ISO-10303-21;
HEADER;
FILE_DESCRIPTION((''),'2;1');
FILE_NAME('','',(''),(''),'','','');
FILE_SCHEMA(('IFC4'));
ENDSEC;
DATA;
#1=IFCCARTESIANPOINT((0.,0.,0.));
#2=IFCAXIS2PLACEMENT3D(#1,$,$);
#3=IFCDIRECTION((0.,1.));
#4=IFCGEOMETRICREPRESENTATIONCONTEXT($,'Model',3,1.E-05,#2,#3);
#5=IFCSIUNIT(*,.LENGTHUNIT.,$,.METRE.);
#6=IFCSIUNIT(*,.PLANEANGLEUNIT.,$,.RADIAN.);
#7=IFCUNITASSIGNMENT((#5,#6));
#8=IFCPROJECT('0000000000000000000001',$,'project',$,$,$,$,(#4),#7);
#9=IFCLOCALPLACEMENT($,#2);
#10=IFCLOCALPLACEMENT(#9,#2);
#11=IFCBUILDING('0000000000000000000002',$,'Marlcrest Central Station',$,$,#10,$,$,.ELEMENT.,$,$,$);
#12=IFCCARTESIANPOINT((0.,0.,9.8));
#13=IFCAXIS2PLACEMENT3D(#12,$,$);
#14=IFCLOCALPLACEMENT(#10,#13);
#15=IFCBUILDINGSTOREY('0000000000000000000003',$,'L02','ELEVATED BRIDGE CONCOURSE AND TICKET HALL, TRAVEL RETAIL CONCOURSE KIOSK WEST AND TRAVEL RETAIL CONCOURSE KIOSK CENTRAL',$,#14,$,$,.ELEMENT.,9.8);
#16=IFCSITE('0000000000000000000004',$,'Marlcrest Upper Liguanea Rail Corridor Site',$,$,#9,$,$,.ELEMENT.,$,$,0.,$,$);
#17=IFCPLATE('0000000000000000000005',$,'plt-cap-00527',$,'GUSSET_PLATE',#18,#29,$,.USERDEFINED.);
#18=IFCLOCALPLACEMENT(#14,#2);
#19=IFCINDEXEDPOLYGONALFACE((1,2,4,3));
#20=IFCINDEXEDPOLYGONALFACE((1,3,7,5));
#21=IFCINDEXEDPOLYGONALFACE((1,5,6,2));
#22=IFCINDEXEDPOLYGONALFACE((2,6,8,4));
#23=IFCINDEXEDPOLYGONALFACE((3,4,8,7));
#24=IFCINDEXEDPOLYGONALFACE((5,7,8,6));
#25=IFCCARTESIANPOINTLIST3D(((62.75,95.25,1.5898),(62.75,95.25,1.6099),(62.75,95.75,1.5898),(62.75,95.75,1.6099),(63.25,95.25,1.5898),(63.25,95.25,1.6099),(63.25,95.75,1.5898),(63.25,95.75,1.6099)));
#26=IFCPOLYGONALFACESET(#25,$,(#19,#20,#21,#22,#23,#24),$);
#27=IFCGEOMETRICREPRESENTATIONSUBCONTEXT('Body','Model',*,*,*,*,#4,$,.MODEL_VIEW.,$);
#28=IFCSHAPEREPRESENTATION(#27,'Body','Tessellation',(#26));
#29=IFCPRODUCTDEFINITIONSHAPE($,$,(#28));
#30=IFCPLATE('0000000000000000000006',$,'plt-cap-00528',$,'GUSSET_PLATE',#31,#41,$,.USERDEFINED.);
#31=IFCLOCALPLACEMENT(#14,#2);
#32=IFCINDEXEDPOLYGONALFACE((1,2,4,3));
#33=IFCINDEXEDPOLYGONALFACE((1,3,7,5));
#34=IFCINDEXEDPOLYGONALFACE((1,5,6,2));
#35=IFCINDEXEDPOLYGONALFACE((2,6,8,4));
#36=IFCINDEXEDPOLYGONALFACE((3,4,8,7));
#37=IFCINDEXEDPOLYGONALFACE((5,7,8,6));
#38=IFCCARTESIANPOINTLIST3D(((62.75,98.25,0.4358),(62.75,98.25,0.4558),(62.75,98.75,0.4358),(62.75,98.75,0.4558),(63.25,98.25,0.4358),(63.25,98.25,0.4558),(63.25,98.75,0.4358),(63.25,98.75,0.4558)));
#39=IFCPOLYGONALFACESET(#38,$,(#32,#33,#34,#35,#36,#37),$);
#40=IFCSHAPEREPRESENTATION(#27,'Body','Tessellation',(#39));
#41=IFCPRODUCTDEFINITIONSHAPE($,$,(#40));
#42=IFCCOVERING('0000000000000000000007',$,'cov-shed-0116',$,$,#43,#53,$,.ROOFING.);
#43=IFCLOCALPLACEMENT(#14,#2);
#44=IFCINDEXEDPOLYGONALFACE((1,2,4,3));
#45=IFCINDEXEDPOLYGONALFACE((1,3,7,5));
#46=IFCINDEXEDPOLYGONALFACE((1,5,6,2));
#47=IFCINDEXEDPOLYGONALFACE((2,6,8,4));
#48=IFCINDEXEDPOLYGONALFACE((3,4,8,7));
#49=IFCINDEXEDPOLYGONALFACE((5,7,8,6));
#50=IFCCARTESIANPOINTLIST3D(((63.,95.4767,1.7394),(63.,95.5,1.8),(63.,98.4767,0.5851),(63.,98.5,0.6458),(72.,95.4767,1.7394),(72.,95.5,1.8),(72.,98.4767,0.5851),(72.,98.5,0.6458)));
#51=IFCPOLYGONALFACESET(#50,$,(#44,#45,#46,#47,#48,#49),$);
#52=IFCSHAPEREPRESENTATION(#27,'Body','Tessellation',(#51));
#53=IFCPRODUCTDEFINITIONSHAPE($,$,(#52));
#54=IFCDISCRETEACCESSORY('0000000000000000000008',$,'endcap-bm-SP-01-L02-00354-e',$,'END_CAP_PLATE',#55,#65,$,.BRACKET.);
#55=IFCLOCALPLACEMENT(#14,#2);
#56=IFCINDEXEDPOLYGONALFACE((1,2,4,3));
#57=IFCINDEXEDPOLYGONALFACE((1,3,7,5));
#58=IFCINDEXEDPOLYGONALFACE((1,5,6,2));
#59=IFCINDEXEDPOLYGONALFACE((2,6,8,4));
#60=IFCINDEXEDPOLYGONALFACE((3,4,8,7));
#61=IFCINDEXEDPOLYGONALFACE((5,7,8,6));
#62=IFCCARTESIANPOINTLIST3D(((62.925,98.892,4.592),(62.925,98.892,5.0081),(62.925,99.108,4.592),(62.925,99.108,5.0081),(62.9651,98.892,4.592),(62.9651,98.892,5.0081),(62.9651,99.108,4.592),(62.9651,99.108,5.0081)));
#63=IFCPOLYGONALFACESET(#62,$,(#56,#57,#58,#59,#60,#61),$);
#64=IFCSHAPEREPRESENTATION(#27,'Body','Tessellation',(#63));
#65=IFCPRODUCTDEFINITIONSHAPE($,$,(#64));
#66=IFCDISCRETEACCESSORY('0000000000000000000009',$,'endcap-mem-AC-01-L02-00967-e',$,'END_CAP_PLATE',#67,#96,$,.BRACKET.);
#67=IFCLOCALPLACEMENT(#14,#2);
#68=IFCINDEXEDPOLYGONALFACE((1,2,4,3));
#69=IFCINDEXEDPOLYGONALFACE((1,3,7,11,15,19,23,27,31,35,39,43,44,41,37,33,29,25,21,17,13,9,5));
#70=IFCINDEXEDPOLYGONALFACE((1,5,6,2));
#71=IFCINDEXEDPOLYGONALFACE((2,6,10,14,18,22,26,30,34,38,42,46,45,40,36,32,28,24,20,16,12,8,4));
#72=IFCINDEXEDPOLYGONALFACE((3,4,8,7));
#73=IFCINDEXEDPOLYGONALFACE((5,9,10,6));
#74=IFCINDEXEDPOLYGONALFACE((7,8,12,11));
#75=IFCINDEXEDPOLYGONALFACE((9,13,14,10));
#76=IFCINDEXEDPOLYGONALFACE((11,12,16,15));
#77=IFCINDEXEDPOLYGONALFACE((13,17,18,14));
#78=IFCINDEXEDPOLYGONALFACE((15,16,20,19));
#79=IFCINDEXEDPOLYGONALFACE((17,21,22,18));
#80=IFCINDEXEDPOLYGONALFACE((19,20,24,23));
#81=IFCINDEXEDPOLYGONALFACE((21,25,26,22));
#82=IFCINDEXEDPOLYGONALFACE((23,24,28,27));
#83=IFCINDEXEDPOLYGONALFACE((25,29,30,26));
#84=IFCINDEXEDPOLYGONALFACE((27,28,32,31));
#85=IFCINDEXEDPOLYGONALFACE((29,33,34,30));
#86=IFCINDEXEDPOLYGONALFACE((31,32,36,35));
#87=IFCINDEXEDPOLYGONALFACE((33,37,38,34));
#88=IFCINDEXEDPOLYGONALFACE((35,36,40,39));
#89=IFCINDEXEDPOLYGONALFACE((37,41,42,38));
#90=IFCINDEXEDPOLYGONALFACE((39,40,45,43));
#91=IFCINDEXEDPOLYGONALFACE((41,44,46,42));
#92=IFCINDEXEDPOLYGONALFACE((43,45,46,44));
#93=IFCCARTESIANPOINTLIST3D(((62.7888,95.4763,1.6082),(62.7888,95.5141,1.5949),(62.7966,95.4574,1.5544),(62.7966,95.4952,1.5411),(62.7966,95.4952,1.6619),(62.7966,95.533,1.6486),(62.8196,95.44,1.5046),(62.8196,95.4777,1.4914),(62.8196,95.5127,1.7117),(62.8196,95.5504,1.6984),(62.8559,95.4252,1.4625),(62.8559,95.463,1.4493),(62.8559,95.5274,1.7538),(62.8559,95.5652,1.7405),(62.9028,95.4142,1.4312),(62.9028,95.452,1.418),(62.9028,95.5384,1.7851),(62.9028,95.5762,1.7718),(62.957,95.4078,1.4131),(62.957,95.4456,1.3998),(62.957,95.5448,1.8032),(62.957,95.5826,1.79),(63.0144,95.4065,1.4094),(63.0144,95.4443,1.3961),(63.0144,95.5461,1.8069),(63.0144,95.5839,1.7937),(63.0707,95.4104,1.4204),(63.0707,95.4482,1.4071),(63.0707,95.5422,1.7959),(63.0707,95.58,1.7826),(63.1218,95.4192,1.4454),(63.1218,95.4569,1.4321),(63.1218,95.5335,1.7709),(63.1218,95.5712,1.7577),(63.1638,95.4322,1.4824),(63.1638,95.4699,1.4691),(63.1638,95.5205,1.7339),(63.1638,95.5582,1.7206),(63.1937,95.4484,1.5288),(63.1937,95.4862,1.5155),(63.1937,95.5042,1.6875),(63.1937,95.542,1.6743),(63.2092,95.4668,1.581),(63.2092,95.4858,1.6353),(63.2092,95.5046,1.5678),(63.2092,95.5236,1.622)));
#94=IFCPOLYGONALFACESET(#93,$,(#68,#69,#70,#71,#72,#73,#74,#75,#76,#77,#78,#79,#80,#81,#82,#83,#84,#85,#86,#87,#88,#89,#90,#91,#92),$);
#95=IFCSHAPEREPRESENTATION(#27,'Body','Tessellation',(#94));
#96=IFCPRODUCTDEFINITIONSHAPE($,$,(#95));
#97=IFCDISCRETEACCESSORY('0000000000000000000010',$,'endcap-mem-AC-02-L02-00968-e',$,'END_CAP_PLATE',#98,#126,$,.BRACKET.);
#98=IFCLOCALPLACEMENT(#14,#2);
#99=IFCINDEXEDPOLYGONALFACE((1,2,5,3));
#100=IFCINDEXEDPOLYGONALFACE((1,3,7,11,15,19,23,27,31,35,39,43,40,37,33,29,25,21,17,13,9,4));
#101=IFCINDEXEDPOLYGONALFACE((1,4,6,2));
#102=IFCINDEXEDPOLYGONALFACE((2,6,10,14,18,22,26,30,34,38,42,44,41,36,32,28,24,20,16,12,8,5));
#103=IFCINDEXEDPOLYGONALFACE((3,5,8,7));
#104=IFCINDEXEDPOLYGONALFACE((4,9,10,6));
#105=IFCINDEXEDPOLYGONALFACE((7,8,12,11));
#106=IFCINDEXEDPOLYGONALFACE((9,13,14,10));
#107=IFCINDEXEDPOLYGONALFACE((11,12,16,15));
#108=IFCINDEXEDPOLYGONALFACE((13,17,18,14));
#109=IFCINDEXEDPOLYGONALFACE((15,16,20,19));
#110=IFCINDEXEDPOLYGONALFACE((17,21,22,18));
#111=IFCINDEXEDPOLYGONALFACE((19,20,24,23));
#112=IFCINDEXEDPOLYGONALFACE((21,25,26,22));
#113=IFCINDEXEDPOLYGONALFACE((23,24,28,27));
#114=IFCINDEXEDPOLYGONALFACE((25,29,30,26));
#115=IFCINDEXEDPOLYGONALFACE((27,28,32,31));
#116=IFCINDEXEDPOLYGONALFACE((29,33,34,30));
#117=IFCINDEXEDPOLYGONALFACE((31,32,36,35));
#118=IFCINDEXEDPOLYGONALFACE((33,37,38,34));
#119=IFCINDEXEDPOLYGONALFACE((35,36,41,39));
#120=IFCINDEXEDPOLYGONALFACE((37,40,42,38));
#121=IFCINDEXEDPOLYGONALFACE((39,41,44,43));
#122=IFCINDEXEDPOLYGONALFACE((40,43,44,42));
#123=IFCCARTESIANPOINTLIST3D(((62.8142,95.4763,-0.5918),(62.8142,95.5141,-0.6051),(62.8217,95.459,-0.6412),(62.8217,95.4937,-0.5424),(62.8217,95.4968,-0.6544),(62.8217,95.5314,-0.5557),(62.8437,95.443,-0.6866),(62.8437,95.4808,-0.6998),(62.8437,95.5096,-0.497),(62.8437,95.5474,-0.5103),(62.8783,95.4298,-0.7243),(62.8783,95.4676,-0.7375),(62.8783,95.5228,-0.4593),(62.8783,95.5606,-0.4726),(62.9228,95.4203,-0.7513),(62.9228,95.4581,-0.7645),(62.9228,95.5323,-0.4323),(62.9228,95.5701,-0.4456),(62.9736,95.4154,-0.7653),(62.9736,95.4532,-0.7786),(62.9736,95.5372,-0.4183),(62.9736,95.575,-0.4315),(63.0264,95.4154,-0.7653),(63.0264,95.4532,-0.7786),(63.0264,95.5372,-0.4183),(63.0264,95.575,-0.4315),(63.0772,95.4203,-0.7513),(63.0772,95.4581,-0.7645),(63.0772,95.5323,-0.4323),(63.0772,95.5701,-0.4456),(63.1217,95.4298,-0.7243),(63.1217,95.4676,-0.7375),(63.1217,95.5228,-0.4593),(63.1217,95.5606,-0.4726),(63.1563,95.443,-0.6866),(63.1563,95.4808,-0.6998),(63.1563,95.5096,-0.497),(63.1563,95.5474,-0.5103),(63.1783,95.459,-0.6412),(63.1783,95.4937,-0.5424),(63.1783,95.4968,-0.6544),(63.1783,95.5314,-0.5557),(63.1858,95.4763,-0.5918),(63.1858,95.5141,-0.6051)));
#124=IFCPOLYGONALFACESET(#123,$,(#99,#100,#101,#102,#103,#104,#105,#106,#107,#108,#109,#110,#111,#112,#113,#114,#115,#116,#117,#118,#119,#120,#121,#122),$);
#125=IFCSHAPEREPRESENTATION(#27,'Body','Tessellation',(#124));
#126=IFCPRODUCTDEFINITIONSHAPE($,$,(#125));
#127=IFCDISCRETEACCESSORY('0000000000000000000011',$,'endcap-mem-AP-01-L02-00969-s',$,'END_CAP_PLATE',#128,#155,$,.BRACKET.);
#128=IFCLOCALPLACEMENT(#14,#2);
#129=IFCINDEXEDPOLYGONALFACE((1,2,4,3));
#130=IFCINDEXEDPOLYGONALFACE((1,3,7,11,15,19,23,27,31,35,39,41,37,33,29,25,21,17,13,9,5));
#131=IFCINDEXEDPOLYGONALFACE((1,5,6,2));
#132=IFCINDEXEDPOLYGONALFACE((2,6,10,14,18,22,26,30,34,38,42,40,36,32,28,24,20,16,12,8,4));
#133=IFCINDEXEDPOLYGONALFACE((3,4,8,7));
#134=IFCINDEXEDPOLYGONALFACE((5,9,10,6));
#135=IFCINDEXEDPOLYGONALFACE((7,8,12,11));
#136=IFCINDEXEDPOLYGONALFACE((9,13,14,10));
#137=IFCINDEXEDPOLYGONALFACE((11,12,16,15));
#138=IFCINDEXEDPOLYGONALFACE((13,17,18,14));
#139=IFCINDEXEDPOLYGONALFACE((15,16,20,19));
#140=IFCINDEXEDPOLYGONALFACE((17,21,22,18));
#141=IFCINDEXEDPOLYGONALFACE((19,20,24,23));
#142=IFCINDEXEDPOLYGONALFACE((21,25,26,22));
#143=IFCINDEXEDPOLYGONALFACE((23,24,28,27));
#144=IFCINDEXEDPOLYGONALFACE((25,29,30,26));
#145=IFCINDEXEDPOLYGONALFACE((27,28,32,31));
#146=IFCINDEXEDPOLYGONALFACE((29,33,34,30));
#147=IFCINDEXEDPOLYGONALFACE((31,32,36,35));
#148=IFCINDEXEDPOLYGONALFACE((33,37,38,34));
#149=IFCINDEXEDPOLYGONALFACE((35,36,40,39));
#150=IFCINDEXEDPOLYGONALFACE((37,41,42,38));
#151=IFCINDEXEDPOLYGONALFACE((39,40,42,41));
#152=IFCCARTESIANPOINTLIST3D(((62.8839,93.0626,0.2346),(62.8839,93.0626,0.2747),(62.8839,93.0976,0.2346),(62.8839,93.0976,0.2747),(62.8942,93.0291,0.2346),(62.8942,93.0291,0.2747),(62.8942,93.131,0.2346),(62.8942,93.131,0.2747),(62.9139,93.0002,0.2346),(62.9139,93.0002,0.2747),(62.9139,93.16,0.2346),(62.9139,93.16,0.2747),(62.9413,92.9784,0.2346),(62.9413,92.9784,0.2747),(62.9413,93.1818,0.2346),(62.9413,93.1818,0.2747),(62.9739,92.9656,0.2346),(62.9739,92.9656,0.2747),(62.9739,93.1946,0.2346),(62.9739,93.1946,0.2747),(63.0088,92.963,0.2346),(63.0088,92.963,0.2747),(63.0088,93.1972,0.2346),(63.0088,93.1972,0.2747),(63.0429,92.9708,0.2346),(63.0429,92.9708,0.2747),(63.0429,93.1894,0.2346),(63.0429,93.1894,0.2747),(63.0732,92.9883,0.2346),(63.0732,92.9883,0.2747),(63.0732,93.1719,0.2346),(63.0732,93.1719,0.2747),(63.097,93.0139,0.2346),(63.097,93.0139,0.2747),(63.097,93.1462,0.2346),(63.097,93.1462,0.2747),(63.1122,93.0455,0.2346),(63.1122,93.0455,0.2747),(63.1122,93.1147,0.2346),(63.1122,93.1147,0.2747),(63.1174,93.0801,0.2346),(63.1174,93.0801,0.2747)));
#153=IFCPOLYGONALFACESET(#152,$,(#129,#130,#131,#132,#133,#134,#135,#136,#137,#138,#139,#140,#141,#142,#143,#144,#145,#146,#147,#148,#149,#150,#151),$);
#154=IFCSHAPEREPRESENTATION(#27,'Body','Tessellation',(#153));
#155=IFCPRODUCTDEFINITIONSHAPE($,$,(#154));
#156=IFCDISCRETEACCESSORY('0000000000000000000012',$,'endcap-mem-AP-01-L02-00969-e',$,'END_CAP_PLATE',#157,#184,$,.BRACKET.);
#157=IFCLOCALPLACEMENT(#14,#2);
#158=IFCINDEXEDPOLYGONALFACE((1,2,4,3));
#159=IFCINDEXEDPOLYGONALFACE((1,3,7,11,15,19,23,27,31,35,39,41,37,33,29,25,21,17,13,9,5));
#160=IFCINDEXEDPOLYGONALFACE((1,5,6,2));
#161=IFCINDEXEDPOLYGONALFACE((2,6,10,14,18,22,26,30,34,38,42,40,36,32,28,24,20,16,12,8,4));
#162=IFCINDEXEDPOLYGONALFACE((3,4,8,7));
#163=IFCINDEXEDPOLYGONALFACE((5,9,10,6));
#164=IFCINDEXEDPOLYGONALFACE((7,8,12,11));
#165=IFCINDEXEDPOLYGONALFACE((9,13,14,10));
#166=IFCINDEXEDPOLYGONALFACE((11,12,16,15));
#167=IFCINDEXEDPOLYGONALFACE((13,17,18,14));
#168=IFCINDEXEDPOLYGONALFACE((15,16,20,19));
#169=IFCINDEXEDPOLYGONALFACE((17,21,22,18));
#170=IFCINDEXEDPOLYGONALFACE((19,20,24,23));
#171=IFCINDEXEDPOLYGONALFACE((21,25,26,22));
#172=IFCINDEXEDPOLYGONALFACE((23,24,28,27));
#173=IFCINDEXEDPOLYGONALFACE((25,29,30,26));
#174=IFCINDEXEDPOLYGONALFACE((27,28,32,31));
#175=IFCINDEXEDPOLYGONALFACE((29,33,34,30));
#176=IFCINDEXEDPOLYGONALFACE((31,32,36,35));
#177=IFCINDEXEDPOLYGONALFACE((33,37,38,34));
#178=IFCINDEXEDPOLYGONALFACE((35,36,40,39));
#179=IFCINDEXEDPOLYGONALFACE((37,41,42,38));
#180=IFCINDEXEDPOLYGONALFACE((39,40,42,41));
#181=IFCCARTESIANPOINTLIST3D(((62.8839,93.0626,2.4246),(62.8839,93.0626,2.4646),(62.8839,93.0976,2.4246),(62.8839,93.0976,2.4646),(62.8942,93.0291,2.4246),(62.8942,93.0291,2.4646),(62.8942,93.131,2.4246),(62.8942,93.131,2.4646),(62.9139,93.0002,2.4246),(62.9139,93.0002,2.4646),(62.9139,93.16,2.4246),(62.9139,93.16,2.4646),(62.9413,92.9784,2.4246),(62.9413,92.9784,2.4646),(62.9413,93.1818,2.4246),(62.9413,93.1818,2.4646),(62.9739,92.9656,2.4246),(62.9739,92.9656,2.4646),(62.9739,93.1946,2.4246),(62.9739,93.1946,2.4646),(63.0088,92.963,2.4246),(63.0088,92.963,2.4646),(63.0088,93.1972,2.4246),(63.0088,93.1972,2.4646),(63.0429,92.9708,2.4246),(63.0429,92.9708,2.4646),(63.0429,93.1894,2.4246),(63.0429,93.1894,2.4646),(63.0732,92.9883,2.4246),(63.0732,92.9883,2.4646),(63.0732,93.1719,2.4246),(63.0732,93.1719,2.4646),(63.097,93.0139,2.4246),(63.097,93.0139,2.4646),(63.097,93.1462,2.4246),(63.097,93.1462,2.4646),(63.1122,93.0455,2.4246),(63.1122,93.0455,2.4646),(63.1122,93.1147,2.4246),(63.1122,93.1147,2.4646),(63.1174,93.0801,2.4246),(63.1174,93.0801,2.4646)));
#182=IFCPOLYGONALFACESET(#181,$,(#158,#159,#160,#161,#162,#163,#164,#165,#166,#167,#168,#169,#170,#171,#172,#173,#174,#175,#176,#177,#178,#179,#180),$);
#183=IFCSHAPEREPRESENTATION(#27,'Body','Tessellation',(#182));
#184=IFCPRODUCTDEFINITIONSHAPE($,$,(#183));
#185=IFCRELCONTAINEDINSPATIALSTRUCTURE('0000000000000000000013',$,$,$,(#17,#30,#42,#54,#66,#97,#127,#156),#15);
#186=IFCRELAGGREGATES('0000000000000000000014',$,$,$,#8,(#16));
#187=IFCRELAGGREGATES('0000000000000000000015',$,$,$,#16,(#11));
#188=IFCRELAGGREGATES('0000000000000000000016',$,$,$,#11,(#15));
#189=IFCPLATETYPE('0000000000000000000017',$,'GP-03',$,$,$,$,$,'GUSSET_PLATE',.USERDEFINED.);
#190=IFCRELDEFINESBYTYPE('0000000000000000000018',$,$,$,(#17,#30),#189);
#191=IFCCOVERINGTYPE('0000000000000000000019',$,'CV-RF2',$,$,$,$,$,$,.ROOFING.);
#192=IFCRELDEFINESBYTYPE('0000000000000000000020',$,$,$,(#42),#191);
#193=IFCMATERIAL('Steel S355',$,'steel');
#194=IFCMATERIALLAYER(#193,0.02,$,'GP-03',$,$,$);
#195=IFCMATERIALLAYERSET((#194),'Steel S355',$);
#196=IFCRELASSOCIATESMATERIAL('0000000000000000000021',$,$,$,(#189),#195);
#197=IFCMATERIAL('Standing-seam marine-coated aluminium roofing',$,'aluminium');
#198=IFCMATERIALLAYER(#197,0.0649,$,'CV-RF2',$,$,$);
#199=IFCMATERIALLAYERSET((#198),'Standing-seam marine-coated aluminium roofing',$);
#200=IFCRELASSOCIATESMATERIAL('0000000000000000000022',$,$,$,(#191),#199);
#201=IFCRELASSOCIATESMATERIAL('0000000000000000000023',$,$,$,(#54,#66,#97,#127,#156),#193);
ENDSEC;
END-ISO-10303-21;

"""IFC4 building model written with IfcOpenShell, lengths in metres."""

from ifc_helpers import new_model, si_unit, direction, frame, origin, origin_2d, place, context, subcontext, project, spatial, polyline, rectangle, circle, outline, extrude, material, layer, layer_set, type_object, element, save


model = new_model("IFC4")

# Units and contexts
model_context = context("Model", 3, precision=1e-05, world=origin(), true_north=direction((0.0, 1.0)))
body_context = subcontext(model_context, "Body", "Model", "MODEL_VIEW")
ifc_project = project(units=[si_unit("LENGTHUNIT", "METRE"), si_unit("PLANEANGLEUNIT", "RADIAN")], contexts=[model_context])

# Site, building, storey
site_placement = place(None, origin())
site = spatial("IfcSite", under=ifc_project, at=site_placement, Name="Marlcrest Upper Liguanea Rail Corridor Site", CompositionType="ELEMENT", RefElevation=0.0)
building_placement = place(site_placement, origin())
building = spatial("IfcBuilding", under=site, at=building_placement, Name="Marlcrest Central Station", CompositionType="ELEMENT")
storey_placement = place(building_placement, frame((0.0, 0.0, 9.8)))
storey = spatial("IfcBuildingStorey", under=building, at=storey_placement, Name="L02", Description="ELEVATED BRIDGE CONCOURSE AND TICKET HALL, TRAVEL RETAIL CONCOURSE KIOSK WEST AND TRAVEL RETAIL CONCOURSE KIOSK CENTRAL", CompositionType="ELEMENT", Elevation=9.8)

# Shared definitions
ifc_material_1 = material(Name="Steel S355", Category="steel")

# Plates
ifc_layer_1 = layer(ifc_material_1, 0.02, Name="GP-03")
ifc_layer_set_1 = layer_set([ifc_layer_1], Name="Steel S355")
plate_type_1 = type_object("IfcPlateType", Name="GP-03", ElementType="GUSSET_PLATE", PredefinedType="USERDEFINED", material=ifc_layer_set_1)
for number, where, z_axis, x_axis, name in (
    (1, (63.0, 95.5, 1.5898), (0.0, 0.0, 1.0), (1.0, 0.0, 0.0), "plt-cap-00527"),
    (2, (63.0, 98.5, 0.4358), (0.0, 0.0, 1.0), (1.0, 0.0, 0.0), "plt-cap-00528"),
):
    element("IfcPlate", number, at=place(storey_placement, frame(where, z_axis=z_axis, x_axis=x_axis)), inside=storey, type_object=plate_type_1, Name=name, ObjectType="GUSSET_PLATE", PredefinedType="USERDEFINED", context=body_context, shape_type="SweptSolid", body=[
        extrude(rectangle(XDim=0.5, YDim=0.5, at=origin_2d()), origin(), (0.0, 0.0, 1.0), 0.02),
    ])

# Covering
ifc_material_2 = material(Name="Standing-seam marine-coated aluminium roofing", Category="aluminium")
ifc_layer_2 = layer(ifc_material_2, 0.0649, Name="CV-RF2")
ifc_layer_set_2 = layer_set([ifc_layer_2], Name="Standing-seam marine-coated aluminium roofing")
covering_type = type_object("IfcCoveringType", Name="CV-RF2", PredefinedType="ROOFING", material=ifc_layer_set_2)
covering_placement = place(storey_placement, frame((63.0, 95.5, 1.8), z_axis=(0.0, 0.359101, 0.933299), x_axis=(1.0, 0.0, 0.0)))
element("IfcCovering", 3, at=covering_placement, inside=storey, type_object=covering_type, Name="cov-shed-0116", PredefinedType="ROOFING", context=body_context, shape_type="SweptSolid", body=[
    extrude(outline(polyline([(0.0, 0.0), (9.0, 0.0), (9.0, 3.2144), (0.0, 3.2144), (0.0, 0.0)])), origin(), (0.0, 0.0, -1.0), 0.0649),
])

# Discrete accessories
discrete_accessory_1_placement = place(storey_placement, frame((62.925, 99.0, 4.8), z_axis=(1.0, 0.0, 0.0), x_axis=(0.0, 1.0, 0.0)))
element("IfcDiscreteAccessory", 4, at=discrete_accessory_1_placement, inside=storey, material=ifc_material_1, Name="endcap-bm-SP-01-L02-00354-e", ObjectType="END_CAP_PLATE", PredefinedType="BRACKET", context=body_context, shape_type="SweptSolid", body=[
    extrude(rectangle(XDim=0.2161, YDim=0.416, at=origin_2d()), origin(), (0.0, 0.0, 1.0), 0.04),
])
discrete_accessory_2_placement = place(storey_placement, frame((63.0, 95.4763, 1.6082), z_axis=(0.0, 0.943537, -0.331266), x_axis=(-1.0, 0.0, 0.0)))
element("IfcDiscreteAccessory", 5, at=discrete_accessory_2_placement, inside=storey, material=ifc_material_1, Name="endcap-mem-AC-01-L02-00967-e", ObjectType="END_CAP_PLATE", PredefinedType="BRACKET", context=body_context, shape_type="SweptSolid", body=[
    extrude(circle(Radius=0.2112, at=origin_2d()), origin(), (0.0, 0.0, 1.0), 0.04),
])
discrete_accessory_3_placement = place(storey_placement, frame((63.0, 95.4763, -0.5918), z_axis=(0.0, 0.943537, -0.331266), x_axis=(-1.0, 0.0, 0.0)))
element("IfcDiscreteAccessory", 6, at=discrete_accessory_3_placement, inside=storey, material=ifc_material_1, Name="endcap-mem-AC-02-L02-00968-e", ObjectType="END_CAP_PLATE", PredefinedType="BRACKET", context=body_context, shape_type="SweptSolid", body=[
    extrude(circle(Radius=0.1858, at=origin_2d()), origin(), (0.0, 0.0, 1.0), 0.04),
])
for number, where, z_axis, x_axis, name in (
    (7, (63.0, 93.0801, 0.2346), (0.0, 0.0, 1.0), (1.0, 0.0, 0.0), "endcap-mem-AP-01-L02-00969-s"),
    (8, (63.0, 93.0801, 2.4246), (0.0, 0.0, 1.0), (1.0, 0.0, 0.0), "endcap-mem-AP-01-L02-00969-e"),
):
    element("IfcDiscreteAccessory", number, at=place(storey_placement, frame(where, z_axis=z_axis, x_axis=x_axis)), inside=storey, material=ifc_material_1, Name=name, ObjectType="END_CAP_PLATE", PredefinedType="BRACKET", context=body_context, shape_type="SweptSolid", body=[
        extrude(circle(Radius=0.1174, at=origin_2d()), origin(), (0.0, 0.0, 1.0), 0.04),
    ])

save(model, "model.ifc")
